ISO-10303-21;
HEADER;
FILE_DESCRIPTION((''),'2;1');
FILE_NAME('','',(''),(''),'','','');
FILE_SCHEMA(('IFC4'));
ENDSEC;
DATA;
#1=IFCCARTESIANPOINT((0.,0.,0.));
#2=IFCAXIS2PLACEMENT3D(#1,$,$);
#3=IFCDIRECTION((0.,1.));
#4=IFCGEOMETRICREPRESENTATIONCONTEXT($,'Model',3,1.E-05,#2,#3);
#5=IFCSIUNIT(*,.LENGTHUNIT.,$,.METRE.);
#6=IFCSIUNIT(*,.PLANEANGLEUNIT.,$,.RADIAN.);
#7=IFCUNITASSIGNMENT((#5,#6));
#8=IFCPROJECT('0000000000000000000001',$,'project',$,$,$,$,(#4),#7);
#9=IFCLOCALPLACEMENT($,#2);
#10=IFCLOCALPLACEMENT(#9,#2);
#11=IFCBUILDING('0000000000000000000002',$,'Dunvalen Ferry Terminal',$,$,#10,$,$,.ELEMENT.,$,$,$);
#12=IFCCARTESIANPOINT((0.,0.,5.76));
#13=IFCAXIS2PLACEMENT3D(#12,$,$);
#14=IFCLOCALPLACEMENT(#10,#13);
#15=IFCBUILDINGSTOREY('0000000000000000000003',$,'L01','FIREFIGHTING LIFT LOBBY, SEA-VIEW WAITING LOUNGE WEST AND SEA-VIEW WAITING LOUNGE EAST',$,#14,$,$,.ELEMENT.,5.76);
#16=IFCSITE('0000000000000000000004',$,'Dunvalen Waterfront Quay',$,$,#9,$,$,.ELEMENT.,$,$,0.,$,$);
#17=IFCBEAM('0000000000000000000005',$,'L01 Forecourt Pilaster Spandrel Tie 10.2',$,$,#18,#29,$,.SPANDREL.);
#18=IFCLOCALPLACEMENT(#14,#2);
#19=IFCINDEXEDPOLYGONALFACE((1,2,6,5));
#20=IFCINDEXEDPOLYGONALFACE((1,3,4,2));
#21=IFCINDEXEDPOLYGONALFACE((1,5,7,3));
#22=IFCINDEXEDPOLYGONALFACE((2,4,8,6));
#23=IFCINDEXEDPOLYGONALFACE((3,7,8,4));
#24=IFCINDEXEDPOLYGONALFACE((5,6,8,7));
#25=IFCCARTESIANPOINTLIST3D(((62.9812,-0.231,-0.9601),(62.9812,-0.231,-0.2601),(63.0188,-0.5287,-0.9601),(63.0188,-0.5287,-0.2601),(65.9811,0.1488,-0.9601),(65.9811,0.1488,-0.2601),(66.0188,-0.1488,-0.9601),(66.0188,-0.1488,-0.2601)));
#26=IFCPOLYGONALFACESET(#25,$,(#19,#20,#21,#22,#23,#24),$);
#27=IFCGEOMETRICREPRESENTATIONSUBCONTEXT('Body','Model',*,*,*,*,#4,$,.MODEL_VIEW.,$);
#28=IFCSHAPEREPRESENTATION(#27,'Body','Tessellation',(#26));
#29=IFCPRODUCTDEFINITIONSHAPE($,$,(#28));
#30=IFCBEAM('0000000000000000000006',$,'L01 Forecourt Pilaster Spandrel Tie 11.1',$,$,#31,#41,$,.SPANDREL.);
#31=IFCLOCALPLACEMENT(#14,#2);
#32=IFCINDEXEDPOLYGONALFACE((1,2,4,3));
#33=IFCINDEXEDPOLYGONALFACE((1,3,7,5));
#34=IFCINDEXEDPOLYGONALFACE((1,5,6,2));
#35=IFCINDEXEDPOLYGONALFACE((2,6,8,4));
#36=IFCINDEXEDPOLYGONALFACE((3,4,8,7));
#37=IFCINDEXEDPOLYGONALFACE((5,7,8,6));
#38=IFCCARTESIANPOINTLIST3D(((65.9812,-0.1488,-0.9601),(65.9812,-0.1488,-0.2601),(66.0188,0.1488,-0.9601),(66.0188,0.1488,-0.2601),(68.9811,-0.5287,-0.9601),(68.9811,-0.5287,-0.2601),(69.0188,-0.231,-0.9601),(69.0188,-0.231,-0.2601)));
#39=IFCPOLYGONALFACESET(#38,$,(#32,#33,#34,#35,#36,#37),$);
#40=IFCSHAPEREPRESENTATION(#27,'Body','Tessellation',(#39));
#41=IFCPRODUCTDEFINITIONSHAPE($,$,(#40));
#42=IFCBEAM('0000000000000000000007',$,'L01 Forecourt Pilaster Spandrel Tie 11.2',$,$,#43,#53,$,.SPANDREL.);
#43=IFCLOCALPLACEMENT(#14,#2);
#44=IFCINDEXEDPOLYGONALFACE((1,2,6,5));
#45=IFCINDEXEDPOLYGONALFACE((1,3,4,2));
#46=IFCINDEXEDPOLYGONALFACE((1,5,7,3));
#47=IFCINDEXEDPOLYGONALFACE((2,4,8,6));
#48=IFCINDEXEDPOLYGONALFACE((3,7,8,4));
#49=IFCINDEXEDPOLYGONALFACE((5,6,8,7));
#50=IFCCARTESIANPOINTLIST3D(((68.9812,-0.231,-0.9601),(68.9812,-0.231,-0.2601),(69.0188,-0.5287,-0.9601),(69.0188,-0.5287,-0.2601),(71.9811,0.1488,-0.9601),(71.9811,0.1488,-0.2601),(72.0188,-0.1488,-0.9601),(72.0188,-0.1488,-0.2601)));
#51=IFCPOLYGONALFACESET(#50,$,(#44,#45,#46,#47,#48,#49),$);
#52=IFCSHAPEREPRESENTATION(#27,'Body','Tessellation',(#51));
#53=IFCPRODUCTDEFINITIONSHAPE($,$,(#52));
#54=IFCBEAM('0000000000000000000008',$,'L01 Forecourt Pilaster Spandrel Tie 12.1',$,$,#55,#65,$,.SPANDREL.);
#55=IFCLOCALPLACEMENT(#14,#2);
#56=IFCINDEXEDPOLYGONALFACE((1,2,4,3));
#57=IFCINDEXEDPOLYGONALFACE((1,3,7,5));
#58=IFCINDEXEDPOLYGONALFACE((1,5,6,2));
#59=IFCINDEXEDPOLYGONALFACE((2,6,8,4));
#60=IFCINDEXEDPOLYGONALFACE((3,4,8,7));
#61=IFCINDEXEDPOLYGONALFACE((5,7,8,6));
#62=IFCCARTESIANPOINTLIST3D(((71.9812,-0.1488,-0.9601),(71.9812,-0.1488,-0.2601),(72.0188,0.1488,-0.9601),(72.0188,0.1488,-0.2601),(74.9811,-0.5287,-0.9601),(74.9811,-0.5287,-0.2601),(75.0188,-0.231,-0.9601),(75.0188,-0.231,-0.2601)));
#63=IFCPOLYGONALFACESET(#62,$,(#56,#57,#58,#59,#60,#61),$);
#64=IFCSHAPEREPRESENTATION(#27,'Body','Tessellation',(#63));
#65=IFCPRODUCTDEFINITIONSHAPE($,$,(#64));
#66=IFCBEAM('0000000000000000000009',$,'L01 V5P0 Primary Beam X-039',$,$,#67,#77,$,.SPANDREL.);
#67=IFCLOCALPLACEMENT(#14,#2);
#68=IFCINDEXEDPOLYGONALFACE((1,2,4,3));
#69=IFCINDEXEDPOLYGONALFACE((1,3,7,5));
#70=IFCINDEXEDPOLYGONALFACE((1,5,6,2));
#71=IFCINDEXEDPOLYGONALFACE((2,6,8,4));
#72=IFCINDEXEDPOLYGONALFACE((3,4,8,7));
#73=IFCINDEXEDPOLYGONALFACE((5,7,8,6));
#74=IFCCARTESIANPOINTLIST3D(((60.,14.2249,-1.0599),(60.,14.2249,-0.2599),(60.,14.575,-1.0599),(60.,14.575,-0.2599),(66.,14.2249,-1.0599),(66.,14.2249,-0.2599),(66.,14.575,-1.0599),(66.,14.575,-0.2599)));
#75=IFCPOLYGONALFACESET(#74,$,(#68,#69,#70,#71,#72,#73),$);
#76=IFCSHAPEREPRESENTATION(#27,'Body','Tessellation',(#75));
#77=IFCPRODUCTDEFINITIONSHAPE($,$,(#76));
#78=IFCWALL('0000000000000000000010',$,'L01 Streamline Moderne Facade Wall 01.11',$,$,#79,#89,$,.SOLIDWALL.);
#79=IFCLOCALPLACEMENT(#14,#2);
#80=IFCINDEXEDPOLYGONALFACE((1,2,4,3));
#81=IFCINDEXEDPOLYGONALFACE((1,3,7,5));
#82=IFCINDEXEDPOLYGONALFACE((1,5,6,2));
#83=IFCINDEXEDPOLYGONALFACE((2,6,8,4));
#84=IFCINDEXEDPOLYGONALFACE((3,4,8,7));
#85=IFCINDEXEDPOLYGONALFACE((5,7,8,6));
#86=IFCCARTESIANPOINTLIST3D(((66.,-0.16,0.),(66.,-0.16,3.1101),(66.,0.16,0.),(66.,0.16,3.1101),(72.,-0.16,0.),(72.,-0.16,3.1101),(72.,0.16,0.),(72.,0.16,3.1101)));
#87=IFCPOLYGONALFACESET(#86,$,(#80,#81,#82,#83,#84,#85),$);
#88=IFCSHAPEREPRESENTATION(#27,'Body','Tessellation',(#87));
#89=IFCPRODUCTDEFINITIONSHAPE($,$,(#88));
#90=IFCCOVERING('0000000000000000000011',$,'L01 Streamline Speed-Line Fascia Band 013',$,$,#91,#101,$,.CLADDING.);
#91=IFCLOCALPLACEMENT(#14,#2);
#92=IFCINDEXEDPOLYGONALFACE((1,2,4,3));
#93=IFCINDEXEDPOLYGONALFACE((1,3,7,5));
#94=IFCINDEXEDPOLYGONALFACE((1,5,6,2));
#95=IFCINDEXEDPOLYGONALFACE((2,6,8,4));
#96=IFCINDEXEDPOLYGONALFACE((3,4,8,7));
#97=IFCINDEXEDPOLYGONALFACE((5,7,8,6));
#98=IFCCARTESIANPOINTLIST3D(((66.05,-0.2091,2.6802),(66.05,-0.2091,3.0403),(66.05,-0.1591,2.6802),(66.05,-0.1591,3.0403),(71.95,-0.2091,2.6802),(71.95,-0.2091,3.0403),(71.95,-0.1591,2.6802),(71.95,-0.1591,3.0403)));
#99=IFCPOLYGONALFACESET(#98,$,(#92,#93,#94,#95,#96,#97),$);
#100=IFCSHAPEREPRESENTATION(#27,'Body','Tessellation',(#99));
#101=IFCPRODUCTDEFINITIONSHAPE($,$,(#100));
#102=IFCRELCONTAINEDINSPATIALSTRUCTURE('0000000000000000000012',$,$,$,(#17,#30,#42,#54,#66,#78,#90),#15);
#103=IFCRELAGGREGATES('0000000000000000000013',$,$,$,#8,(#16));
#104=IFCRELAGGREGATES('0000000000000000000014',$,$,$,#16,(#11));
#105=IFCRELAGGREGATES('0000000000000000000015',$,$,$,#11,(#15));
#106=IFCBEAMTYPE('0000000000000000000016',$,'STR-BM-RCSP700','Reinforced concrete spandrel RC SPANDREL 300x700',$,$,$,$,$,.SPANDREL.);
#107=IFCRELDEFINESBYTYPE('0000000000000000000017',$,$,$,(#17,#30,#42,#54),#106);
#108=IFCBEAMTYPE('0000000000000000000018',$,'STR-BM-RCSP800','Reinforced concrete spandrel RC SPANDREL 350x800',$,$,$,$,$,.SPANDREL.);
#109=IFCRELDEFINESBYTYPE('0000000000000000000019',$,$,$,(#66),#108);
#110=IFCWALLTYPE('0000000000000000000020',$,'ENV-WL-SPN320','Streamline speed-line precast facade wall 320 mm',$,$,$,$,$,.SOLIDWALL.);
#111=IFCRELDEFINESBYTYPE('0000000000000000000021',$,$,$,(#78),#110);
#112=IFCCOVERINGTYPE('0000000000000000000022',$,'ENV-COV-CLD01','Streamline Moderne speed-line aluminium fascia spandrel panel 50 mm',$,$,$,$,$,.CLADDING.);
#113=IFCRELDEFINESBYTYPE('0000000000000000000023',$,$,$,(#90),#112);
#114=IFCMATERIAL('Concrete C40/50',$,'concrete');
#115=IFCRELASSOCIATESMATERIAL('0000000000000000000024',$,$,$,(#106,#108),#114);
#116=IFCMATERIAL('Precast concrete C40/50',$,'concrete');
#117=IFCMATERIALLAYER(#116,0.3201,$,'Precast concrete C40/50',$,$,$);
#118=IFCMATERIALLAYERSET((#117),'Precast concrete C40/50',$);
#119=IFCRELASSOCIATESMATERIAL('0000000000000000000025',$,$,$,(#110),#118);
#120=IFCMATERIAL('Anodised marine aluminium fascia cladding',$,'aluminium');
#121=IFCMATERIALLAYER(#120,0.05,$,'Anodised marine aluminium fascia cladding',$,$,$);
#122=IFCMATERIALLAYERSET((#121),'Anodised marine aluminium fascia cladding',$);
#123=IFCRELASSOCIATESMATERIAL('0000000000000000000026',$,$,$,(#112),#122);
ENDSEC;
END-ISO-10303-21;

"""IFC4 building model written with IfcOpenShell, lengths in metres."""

from ifc_helpers import new_model, si_unit, direction, frame, frame_2d, origin, origin_2d, place, context, subcontext, project, spatial, rectangle, extrude, material, layer, layer_set, material_profile, profile_set, type_object, element, save


model = new_model("IFC4")

# Units and contexts
model_context = context("Model", 3, precision=1e-05, world=origin(), true_north=direction((0.0, 1.0)))
body_context = subcontext(model_context, "Body", "Model", "MODEL_VIEW")
ifc_project = project(units=[si_unit("LENGTHUNIT", "METRE"), si_unit("PLANEANGLEUNIT", "RADIAN")], contexts=[model_context])

# Site, building, storey
site_placement = place(None, origin())
site = spatial("IfcSite", under=ifc_project, at=site_placement, Name="Dunvalen Waterfront Quay", CompositionType="ELEMENT", RefElevation=0.0)
building_placement = place(site_placement, origin())
building = spatial("IfcBuilding", under=site, at=building_placement, Name="Dunvalen Ferry Terminal", CompositionType="ELEMENT")
storey_placement = place(building_placement, frame((0.0, 0.0, 5.76)))
storey = spatial("IfcBuildingStorey", under=building, at=storey_placement, Name="L01", Description="FIREFIGHTING LIFT LOBBY, SEA-VIEW WAITING LOUNGE WEST AND SEA-VIEW WAITING LOUNGE EAST", CompositionType="ELEMENT", Elevation=5.76)

# Shared definitions
ifc_material_1 = material(Name="Concrete C40/50", Category="concrete")

# Beams
ifc_material_profile_1 = material_profile(ifc_material_1, rectangle(XDim=0.3, YDim=0.7, at=origin_2d()), Name="Concrete C40/50")
ifc_profile_set_1 = profile_set([ifc_material_profile_1], Name="Concrete C40/50")
beam_type_1 = type_object("IfcBeamType", Name="STR-BM-RCSP700", Description="Reinforced concrete spandrel RC SPANDREL 300x700", PredefinedType="SPANDREL", material=ifc_profile_set_1)
for number, where, z_axis, x_axis, name in (
    (1, (63.0, -0.3799, -0.6101), (0.992078, 0.125624, 0.0), (-0.125624, 0.992078, 0.0), "L01 Forecourt Pilaster Spandrel Tie 10.2"),
    (2, (66.0, 0.0, -0.6101), (0.992078, -0.125624, 0.0), (0.125624, 0.992078, 0.0), "L01 Forecourt Pilaster Spandrel Tie 11.1"),
    (3, (69.0, -0.3799, -0.6101), (0.992078, 0.125624, 0.0), (-0.125624, 0.992078, 0.0), "L01 Forecourt Pilaster Spandrel Tie 11.2"),
    (4, (72.0, 0.0, -0.6101), (0.992078, -0.125624, 0.0), (0.125624, 0.992078, 0.0), "L01 Forecourt Pilaster Spandrel Tie 12.1"),
):
    element("IfcBeam", number, at=place(storey_placement, frame(where, z_axis=z_axis, x_axis=x_axis)), inside=storey, type_object=beam_type_1, Name=name, PredefinedType="SPANDREL", context=body_context, shape_type="SweptSolid", body=[
        extrude(rectangle(XDim=0.3, YDim=0.7, at=origin_2d()), origin(), (0.0, 0.0, 1.0), 3.0239),
    ])
ifc_material_profile_2 = material_profile(ifc_material_1, rectangle(XDim=0.3501, YDim=0.8, at=origin_2d()), Name="Concrete C40/50")
ifc_profile_set_2 = profile_set([ifc_material_profile_2], Name="Concrete C40/50")
beam_type_2 = type_object("IfcBeamType", Name="STR-BM-RCSP800", Description="Reinforced concrete spandrel RC SPANDREL 350x800", PredefinedType="SPANDREL", material=ifc_profile_set_2)
beam_1_placement = place(storey_placement, frame((60.0, 14.3999, -0.6599), z_axis=(1.0, 0.0, 0.0), x_axis=(0.0, 1.0, 0.0)))
element("IfcBeam", 5, at=beam_1_placement, inside=storey, type_object=beam_type_2, Name="L01 V5P0 Primary Beam X-039", PredefinedType="SPANDREL", context=body_context, shape_type="SweptSolid", body=[
    extrude(rectangle(XDim=0.3501, YDim=0.8, at=origin_2d()), origin(), (0.0, 0.0, 1.0), 6.0),
])

# Wall
ifc_material_2 = material(Name="Precast concrete C40/50", Category="concrete")
ifc_layer_1 = layer(ifc_material_2, 0.3201, Name="Precast concrete C40/50")
ifc_layer_set_1 = layer_set([ifc_layer_1], Name="Precast concrete C40/50")
wall_type = type_object("IfcWallType", Name="ENV-WL-SPN320", Description="Streamline speed-line precast facade wall 320 mm", PredefinedType="SOLIDWALL", material=ifc_layer_set_1)
wall_placement = place(storey_placement, frame((66.0, 0.0, 0.0), z_axis=(0.0, 0.0, 1.0), x_axis=(1.0, 0.0, 0.0)))
element("IfcWall", 6, at=wall_placement, inside=storey, type_object=wall_type, Name="L01 Streamline Moderne Facade Wall 01.11", PredefinedType="SOLIDWALL", context=body_context, shape_type="SweptSolid", body=[
    extrude(rectangle(XDim=6.0, YDim=0.3201, at=frame_2d((3.0, 0.0))), origin(), (0.0, 0.0, 1.0), 3.1101),
])

# Covering
ifc_material_3 = material(Name="Anodised marine aluminium fascia cladding", Category="aluminium")
ifc_layer_2 = layer(ifc_material_3, 0.05, Name="Anodised marine aluminium fascia cladding")
ifc_layer_set_2 = layer_set([ifc_layer_2], Name="Anodised marine aluminium fascia cladding")
covering_type = type_object("IfcCoveringType", Name="ENV-COV-CLD01", Description="Streamline Moderne speed-line aluminium fascia spandrel panel 50 mm", PredefinedType="CLADDING", material=ifc_layer_set_2)
covering_placement = place(storey_placement, frame((69.0, -0.1841, 2.6802), z_axis=(0.0, 0.0, 1.0), x_axis=(1.0, 0.0, 0.0)))
element("IfcCovering", 7, at=covering_placement, inside=storey, type_object=covering_type, Name="L01 Streamline Speed-Line Fascia Band 013", PredefinedType="CLADDING", context=body_context, shape_type="SweptSolid", body=[
    extrude(rectangle(XDim=5.8999, YDim=0.05, at=origin_2d()), origin(), (0.0, 0.0, 1.0), 0.3601),
])

save(model, "model.ifc")
